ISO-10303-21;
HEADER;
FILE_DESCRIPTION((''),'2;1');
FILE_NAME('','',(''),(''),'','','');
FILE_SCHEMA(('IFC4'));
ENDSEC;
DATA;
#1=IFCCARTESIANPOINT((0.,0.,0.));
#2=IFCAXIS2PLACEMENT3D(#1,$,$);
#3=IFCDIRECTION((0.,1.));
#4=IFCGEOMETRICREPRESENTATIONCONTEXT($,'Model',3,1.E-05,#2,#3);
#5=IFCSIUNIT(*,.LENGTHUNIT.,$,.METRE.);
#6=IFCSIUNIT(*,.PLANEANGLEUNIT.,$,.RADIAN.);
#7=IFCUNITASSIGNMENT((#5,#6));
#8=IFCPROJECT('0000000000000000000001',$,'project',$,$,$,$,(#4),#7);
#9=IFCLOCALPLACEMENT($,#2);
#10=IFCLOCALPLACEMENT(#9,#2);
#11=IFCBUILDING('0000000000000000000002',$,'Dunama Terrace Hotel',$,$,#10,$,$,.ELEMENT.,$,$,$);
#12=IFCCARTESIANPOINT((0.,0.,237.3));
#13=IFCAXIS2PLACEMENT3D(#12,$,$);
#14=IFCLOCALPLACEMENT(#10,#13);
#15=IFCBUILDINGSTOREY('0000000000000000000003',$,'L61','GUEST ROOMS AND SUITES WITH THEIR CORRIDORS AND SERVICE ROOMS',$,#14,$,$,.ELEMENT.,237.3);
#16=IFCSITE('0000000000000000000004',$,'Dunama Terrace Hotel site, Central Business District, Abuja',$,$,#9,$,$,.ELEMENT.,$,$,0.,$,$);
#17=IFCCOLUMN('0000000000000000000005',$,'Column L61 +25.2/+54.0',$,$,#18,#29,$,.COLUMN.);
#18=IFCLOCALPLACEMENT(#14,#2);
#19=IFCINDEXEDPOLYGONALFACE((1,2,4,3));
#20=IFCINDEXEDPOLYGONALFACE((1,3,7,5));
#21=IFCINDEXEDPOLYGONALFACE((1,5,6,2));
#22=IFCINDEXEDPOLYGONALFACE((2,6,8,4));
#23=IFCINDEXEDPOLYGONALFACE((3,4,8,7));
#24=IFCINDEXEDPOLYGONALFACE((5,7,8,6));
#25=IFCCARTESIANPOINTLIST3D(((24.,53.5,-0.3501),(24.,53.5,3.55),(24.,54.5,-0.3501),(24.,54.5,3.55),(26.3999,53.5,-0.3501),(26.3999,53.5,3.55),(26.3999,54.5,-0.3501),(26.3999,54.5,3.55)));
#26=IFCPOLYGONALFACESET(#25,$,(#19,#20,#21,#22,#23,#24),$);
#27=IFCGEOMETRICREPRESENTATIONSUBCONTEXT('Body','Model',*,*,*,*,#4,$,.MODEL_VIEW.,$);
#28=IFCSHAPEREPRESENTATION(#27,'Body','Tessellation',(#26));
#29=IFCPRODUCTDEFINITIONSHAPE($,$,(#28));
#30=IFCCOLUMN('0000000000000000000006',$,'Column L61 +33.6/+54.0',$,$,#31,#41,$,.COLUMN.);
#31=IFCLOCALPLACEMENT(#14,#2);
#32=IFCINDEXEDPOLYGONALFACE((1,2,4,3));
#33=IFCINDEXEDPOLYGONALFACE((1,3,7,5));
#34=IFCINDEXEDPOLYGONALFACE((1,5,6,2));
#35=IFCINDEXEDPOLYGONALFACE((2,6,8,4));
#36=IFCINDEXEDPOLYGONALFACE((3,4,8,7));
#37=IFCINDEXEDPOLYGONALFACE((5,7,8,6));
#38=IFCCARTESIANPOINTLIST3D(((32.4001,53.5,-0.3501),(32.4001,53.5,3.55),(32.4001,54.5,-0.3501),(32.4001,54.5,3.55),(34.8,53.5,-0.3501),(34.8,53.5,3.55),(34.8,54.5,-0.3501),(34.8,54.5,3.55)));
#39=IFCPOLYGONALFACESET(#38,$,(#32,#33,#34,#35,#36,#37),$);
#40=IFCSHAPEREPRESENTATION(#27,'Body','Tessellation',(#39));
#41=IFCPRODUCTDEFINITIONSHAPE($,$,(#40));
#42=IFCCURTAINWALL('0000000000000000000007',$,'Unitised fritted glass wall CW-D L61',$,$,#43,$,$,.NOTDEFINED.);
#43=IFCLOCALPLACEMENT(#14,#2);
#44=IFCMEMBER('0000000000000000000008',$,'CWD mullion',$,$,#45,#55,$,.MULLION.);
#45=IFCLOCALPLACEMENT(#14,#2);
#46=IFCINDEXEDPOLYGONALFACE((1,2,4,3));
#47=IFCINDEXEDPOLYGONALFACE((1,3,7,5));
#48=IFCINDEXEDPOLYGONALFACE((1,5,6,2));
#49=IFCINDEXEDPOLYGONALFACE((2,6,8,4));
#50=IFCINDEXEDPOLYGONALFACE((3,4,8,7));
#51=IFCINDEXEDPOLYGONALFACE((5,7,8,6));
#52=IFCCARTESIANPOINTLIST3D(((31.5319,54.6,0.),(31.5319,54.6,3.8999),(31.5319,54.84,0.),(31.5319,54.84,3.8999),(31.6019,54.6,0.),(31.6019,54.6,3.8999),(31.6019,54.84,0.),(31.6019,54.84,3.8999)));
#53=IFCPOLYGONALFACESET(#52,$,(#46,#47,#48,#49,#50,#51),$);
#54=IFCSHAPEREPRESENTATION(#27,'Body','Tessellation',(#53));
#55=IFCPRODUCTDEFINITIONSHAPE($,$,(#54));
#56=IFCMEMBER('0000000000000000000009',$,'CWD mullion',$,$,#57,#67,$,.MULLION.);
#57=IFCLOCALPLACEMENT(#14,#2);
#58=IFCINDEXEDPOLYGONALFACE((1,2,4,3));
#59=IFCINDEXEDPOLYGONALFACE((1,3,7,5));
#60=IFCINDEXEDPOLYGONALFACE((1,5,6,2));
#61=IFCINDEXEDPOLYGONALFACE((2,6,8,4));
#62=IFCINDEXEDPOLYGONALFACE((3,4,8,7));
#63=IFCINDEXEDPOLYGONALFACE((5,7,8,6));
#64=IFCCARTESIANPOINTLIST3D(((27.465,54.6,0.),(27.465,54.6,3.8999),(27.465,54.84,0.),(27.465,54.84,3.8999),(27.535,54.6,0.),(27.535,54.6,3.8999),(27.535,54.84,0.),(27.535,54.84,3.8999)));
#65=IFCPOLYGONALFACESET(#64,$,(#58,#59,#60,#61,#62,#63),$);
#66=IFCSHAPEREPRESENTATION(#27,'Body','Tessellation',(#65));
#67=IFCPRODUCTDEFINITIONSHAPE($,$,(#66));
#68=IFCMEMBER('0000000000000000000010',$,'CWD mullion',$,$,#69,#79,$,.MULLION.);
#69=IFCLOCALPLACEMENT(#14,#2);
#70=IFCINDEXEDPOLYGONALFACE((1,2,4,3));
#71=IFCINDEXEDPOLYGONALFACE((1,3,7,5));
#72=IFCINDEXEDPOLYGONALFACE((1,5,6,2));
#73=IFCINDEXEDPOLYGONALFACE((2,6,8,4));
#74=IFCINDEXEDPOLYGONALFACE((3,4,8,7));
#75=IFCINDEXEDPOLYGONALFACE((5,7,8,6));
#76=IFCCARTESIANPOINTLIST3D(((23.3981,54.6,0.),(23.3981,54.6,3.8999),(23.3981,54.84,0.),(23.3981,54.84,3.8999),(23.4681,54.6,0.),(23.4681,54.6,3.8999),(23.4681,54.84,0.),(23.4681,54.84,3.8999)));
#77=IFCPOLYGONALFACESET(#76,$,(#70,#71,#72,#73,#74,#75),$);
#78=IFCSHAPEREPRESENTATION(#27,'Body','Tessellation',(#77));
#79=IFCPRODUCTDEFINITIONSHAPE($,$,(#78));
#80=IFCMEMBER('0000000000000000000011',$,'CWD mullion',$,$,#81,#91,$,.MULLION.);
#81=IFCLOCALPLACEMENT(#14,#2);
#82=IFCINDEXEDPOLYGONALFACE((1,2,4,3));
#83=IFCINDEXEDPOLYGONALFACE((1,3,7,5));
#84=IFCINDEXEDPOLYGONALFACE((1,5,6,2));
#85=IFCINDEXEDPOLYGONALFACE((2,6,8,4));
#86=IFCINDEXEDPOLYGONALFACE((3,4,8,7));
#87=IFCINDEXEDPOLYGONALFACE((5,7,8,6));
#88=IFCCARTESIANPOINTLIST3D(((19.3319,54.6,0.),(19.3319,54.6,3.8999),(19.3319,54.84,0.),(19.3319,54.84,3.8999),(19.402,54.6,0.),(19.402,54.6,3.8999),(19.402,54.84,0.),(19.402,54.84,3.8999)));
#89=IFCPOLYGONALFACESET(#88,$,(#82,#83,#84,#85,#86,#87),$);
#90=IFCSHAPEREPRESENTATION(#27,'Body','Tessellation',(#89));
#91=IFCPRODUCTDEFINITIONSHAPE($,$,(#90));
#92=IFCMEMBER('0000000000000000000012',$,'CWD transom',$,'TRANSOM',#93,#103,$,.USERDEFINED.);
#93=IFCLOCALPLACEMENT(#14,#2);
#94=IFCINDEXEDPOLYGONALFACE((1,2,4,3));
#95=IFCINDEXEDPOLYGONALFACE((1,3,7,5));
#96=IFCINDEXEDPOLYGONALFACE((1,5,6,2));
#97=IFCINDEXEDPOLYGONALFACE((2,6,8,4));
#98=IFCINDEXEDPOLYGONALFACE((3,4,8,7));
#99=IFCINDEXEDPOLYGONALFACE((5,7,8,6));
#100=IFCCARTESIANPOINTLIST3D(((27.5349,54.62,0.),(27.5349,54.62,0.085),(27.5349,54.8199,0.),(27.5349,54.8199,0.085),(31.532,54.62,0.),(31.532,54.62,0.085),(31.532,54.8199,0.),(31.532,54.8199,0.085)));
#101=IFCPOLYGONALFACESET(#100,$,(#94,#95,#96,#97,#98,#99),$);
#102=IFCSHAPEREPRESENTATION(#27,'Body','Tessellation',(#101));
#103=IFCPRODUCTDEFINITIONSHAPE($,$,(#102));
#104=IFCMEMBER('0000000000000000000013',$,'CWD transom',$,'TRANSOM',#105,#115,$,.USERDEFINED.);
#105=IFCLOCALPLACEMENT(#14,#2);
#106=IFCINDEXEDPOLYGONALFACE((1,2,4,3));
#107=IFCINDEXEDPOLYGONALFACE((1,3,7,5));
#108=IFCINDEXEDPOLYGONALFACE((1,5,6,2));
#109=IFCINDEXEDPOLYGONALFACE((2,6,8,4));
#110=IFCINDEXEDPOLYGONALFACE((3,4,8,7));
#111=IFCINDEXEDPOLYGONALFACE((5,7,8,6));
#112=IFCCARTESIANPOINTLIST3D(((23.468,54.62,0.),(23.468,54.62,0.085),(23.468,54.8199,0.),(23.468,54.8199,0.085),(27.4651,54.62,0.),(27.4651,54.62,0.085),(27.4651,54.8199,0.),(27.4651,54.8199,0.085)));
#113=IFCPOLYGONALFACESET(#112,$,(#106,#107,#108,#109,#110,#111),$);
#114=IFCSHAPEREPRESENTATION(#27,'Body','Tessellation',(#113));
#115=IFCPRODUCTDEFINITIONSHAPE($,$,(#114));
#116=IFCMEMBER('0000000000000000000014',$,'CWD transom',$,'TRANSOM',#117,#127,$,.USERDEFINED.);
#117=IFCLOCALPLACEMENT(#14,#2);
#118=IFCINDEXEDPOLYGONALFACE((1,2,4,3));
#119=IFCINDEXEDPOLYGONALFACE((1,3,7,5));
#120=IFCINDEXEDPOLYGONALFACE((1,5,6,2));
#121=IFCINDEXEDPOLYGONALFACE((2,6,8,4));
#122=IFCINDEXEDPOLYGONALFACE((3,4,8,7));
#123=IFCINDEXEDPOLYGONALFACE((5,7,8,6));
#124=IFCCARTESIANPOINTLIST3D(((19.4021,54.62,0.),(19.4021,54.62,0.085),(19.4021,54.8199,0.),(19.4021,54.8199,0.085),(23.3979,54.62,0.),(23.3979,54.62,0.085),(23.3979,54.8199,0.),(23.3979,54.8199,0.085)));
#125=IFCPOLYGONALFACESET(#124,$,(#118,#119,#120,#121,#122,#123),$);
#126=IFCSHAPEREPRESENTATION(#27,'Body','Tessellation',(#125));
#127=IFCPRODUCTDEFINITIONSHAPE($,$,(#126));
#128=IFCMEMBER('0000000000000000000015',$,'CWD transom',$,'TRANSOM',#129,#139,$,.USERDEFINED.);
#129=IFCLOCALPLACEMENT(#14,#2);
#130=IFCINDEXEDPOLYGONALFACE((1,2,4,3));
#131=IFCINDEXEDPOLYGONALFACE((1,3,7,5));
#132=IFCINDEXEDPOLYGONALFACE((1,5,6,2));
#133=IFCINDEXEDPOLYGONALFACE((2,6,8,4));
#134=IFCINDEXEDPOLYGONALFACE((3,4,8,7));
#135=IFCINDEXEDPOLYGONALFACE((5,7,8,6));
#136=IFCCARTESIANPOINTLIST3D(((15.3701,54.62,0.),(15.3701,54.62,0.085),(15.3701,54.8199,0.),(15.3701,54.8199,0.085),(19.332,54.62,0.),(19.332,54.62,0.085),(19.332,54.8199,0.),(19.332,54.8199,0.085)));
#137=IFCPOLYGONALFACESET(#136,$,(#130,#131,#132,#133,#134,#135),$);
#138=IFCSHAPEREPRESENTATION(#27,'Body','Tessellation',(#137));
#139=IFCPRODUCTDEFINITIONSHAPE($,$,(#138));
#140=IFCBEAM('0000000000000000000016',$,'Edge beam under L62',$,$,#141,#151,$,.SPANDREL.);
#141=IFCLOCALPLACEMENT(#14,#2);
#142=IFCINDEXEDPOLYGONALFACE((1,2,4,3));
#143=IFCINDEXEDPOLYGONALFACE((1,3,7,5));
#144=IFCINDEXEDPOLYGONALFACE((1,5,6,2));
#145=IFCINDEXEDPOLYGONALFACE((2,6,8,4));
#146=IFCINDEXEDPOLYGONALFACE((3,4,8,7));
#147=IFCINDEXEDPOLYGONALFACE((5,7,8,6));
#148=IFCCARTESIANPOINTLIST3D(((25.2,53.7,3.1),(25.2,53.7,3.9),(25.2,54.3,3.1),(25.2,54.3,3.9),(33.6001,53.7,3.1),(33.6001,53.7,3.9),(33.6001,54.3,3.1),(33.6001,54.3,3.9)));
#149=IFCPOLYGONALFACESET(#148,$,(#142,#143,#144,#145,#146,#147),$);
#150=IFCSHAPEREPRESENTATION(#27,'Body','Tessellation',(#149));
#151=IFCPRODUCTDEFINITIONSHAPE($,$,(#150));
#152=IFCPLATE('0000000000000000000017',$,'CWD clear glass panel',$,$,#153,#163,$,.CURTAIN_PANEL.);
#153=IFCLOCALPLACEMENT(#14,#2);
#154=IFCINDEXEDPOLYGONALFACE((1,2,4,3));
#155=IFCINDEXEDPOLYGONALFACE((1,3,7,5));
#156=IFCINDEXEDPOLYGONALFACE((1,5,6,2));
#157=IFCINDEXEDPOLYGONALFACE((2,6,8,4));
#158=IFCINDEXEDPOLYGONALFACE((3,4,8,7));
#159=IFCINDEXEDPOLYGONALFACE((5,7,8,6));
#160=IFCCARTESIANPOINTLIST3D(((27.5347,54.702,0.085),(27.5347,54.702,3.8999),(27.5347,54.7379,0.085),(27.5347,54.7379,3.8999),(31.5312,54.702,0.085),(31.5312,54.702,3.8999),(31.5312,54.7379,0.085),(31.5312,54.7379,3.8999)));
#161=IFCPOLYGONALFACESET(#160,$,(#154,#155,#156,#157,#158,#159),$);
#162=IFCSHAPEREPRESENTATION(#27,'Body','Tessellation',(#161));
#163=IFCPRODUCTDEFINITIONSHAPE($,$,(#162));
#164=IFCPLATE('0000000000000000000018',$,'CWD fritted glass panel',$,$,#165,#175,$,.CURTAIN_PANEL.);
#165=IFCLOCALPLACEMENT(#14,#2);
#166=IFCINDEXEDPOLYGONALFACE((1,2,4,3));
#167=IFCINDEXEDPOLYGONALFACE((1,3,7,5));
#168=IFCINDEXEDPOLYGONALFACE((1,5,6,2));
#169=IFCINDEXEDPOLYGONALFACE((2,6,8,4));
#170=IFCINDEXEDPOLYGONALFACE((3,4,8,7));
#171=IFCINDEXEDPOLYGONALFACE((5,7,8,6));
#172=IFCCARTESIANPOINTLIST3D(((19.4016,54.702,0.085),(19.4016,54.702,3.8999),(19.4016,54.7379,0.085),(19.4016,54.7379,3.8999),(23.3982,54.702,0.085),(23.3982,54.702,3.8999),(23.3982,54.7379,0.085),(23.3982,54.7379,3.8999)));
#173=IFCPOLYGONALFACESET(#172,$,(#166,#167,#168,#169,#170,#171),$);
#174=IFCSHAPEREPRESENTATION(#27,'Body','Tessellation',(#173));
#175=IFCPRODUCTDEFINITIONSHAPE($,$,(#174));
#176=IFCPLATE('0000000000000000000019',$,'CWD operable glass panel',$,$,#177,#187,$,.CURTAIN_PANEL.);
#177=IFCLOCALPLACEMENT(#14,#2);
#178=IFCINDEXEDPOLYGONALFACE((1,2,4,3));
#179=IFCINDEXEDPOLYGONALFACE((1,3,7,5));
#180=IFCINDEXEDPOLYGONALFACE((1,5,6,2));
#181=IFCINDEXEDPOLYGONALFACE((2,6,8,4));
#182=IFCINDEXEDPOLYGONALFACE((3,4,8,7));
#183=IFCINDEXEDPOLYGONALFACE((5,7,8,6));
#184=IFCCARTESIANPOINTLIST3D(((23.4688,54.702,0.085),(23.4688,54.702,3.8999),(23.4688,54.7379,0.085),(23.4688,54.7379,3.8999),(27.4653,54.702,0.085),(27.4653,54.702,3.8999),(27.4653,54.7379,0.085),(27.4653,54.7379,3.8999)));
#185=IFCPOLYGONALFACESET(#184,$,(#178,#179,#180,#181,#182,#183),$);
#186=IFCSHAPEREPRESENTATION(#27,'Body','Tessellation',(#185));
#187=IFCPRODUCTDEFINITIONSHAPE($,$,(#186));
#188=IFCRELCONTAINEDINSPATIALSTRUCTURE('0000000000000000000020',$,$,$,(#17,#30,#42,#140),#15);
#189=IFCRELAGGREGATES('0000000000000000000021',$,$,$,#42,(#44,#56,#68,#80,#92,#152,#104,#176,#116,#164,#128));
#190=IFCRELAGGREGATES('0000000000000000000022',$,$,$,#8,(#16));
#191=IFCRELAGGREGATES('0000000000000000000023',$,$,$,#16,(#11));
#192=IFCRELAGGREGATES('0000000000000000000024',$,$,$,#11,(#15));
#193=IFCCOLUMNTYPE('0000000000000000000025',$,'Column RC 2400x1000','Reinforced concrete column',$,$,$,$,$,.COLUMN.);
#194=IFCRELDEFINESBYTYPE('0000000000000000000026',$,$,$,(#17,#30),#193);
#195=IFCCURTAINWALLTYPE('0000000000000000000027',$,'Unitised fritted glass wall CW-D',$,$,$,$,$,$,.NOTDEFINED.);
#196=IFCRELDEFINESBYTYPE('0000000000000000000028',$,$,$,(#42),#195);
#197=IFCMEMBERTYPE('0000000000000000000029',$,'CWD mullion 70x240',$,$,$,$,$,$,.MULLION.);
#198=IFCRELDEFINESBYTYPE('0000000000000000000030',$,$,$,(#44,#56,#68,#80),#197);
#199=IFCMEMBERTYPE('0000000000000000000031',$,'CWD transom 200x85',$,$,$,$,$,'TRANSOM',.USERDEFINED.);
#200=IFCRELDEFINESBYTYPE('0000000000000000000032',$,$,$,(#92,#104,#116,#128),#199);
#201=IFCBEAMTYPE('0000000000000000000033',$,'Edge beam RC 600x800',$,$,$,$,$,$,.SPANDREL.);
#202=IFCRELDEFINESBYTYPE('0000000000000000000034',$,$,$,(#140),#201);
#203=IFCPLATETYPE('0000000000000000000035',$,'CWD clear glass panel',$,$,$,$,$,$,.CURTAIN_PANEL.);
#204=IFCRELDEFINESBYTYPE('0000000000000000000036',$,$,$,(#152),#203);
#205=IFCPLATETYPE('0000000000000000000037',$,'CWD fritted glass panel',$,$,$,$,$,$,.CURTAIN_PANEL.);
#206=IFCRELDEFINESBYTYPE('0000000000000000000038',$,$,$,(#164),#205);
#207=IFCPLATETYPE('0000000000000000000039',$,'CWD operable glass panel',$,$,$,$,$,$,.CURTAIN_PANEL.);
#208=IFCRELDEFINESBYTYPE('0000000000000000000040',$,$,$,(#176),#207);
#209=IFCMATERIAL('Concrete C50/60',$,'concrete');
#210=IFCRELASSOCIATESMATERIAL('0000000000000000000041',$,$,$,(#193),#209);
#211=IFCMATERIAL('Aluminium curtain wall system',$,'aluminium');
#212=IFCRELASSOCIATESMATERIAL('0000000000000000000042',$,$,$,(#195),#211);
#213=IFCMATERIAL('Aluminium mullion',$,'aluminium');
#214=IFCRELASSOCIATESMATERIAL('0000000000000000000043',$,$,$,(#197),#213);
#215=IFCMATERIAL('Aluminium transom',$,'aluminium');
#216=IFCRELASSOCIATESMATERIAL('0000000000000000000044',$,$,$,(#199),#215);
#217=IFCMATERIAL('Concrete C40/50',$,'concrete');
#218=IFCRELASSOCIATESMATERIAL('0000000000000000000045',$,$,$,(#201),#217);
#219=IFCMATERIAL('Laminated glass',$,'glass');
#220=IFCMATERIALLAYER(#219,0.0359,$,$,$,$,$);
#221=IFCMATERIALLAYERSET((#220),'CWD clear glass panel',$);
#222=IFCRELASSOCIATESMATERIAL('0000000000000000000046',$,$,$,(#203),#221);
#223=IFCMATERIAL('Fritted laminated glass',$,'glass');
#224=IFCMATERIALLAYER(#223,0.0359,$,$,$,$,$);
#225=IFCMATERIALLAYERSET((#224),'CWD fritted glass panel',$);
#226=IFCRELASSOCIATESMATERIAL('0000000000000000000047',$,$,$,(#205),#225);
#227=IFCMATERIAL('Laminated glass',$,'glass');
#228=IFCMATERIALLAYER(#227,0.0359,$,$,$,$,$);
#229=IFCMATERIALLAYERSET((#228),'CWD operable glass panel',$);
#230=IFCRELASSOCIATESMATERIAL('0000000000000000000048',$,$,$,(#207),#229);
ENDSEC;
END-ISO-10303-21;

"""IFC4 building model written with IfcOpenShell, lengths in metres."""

from ifc_helpers import new_model, si_unit, direction, frame, origin, origin_2d, place, context, subcontext, project, spatial, rectangle, extrude, material, layer, layer_set, material_profile, profile_set, type_object, element, aggregate, save


model = new_model("IFC4")

# Units and contexts
model_context = context("Model", 3, precision=1e-05, world=origin(), true_north=direction((0.0, 1.0)))
body_context = subcontext(model_context, "Body", "Model", "MODEL_VIEW")
ifc_project = project(units=[si_unit("LENGTHUNIT", "METRE"), si_unit("PLANEANGLEUNIT", "RADIAN")], contexts=[model_context])

# Site, building, storey
site_placement = place(None, origin())
site = spatial("IfcSite", under=ifc_project, at=site_placement, Name="Dunama Terrace Hotel site, Central Business District, Abuja", CompositionType="ELEMENT", RefElevation=0.0)
building_placement = place(site_placement, origin())
building = spatial("IfcBuilding", under=site, at=building_placement, Name="Dunama Terrace Hotel", CompositionType="ELEMENT")
storey_placement = place(building_placement, frame((0.0, 0.0, 237.3)))
storey = spatial("IfcBuildingStorey", under=building, at=storey_placement, Name="L61", Description="GUEST ROOMS AND SUITES WITH THEIR CORRIDORS AND SERVICE ROOMS", CompositionType="ELEMENT", Elevation=237.3)

# Columns
ifc_material_1 = material(Name="Concrete C50/60", Category="concrete")
ifc_material_profile_1 = material_profile(ifc_material_1, rectangle(XDim=2.3999, YDim=1.0, at=origin_2d()), Name="RC 2400x1000")
ifc_profile_set_1 = profile_set([ifc_material_profile_1], Name="Concrete C50/60")
column_type = type_object("IfcColumnType", Name="Column RC 2400x1000", Description="Reinforced concrete column", PredefinedType="COLUMN", material=ifc_profile_set_1)
for number, where, z_axis, x_axis, name in (
    (1, (25.2, 54.0, -0.3501), (0.0, 0.0, 1.0), (1.0, 0.0, 0.0), "Column L61 +25.2/+54.0"),
    (2, (33.6001, 54.0, -0.3501), (0.0, 0.0, 1.0), (1.0, 0.0, 0.0), "Column L61 +33.6/+54.0"),
):
    element("IfcColumn", number, at=place(storey_placement, frame(where, z_axis=z_axis, x_axis=x_axis)), inside=storey, type_object=column_type, Name=name, PredefinedType="COLUMN", context=body_context, shape_type="SweptSolid", body=[
        extrude(rectangle(XDim=2.3999, YDim=1.0, at=origin_2d()), origin(), (0.0, 0.0, 1.0), 3.9001),
    ])

# Curtain wall, members
ifc_material_2 = material(Name="Aluminium curtain wall system", Category="aluminium")
curtain_wall_type = type_object("IfcCurtainWallType", Name="Unitised fritted glass wall CW-D", PredefinedType="NOTDEFINED", material=ifc_material_2)
curtain_wall_placement = place(storey_placement, origin())
curtain_wall = element("IfcCurtainWall", 3, at=curtain_wall_placement, inside=storey, type_object=curtain_wall_type, Name="Unitised fritted glass wall CW-D L61", PredefinedType="NOTDEFINED")
ifc_material_3 = material(Name="Aluminium mullion", Category="aluminium")
ifc_material_profile_2 = material_profile(ifc_material_3, rectangle(XDim=0.0701, YDim=0.24, at=origin_2d()), Name="CWD MULLION 70X240")
ifc_profile_set_2 = profile_set([ifc_material_profile_2], Name="Aluminium mullion")
member_type_1 = type_object("IfcMemberType", Name="CWD mullion 70x240", PredefinedType="MULLION", material=ifc_profile_set_2)
member_1_placement = place(storey_placement, frame((31.5669, 54.72, 0.0), z_axis=(0.0, 0.0, 1.0), x_axis=(-1.0, 0.0, 0.0)))
member_1 = element("IfcMember", 4, at=member_1_placement, type_object=member_type_1, Name="CWD mullion", PredefinedType="MULLION", context=body_context, shape_type="SweptSolid", body=[
    extrude(rectangle(XDim=0.0701, YDim=0.24, at=origin_2d()), origin(), (0.0, 0.0, 1.0), 3.8999),
])
member_2_placement = place(storey_placement, frame((27.5, 54.72, 0.0), z_axis=(0.0, 0.0, 1.0), x_axis=(-1.0, 0.0, 0.0)))
member_2 = element("IfcMember", 5, at=member_2_placement, type_object=member_type_1, Name="CWD mullion", PredefinedType="MULLION", context=body_context, shape_type="SweptSolid", body=[
    extrude(rectangle(XDim=0.0701, YDim=0.24, at=origin_2d()), origin(), (0.0, 0.0, 1.0), 3.8999),
])
member_3_placement = place(storey_placement, frame((23.4331, 54.72, 0.0), z_axis=(0.0, 0.0, 1.0), x_axis=(-1.0, 0.0, 0.0)))
member_3 = element("IfcMember", 6, at=member_3_placement, type_object=member_type_1, Name="CWD mullion", PredefinedType="MULLION", context=body_context, shape_type="SweptSolid", body=[
    extrude(rectangle(XDim=0.0701, YDim=0.24, at=origin_2d()), origin(), (0.0, 0.0, 1.0), 3.8999),
])
member_4_placement = place(storey_placement, frame((19.3669, 54.72, 0.0), z_axis=(0.0, 0.0, 1.0), x_axis=(-1.0, 0.0, 0.0)))
member_4 = element("IfcMember", 7, at=member_4_placement, type_object=member_type_1, Name="CWD mullion", PredefinedType="MULLION", context=body_context, shape_type="SweptSolid", body=[
    extrude(rectangle(XDim=0.0701, YDim=0.24, at=origin_2d()), origin(), (0.0, 0.0, 1.0), 3.8999),
])
ifc_material_4 = material(Name="Aluminium transom", Category="aluminium")
ifc_material_profile_3 = material_profile(ifc_material_4, rectangle(XDim=0.2, YDim=0.085, at=origin_2d()), Name="CWD TRANSOM 200X85")
ifc_profile_set_3 = profile_set([ifc_material_profile_3], Name="Aluminium transom")
member_type_2 = type_object("IfcMemberType", Name="CWD transom 200x85", ElementType="TRANSOM", PredefinedType="USERDEFINED", material=ifc_profile_set_3)
member_5_placement = place(storey_placement, frame((31.532, 54.72, 0.0425), z_axis=(-1.0, 0.0, 0.0), x_axis=(0.0, -1.0, 0.0)))
member_5 = element("IfcMember", 8, at=member_5_placement, type_object=member_type_2, Name="CWD transom", ObjectType="TRANSOM", PredefinedType="USERDEFINED", context=body_context, shape_type="SweptSolid", body=[
    extrude(rectangle(XDim=0.2, YDim=0.085, at=origin_2d()), origin(), (0.0, 0.0, 1.0), 3.9971),
])
member_6_placement = place(storey_placement, frame((27.4651, 54.72, 0.0425), z_axis=(-1.0, 0.0, 0.0), x_axis=(0.0, -1.0, 0.0)))
member_6 = element("IfcMember", 9, at=member_6_placement, type_object=member_type_2, Name="CWD transom", ObjectType="TRANSOM", PredefinedType="USERDEFINED", context=body_context, shape_type="SweptSolid", body=[
    extrude(rectangle(XDim=0.2, YDim=0.085, at=origin_2d()), origin(), (0.0, 0.0, 1.0), 3.9971),
])
member_7_placement = place(storey_placement, frame((23.3979, 54.72, 0.0425), z_axis=(-1.0, 0.0, 0.0), x_axis=(0.0, -1.0, 0.0)))
member_7 = element("IfcMember", 10, at=member_7_placement, type_object=member_type_2, Name="CWD transom", ObjectType="TRANSOM", PredefinedType="USERDEFINED", context=body_context, shape_type="SweptSolid", body=[
    extrude(rectangle(XDim=0.2, YDim=0.085, at=origin_2d()), origin(), (0.0, 0.0, 1.0), 3.9958),
])
member_8_placement = place(storey_placement, frame((19.332, 54.72, 0.0425), z_axis=(-1.0, 0.0, 0.0), x_axis=(0.0, -1.0, 0.0)))
member_8 = element("IfcMember", 11, at=member_8_placement, type_object=member_type_2, Name="CWD transom", ObjectType="TRANSOM", PredefinedType="USERDEFINED", context=body_context, shape_type="SweptSolid", body=[
    extrude(rectangle(XDim=0.2, YDim=0.085, at=origin_2d()), origin(), (0.0, 0.0, 1.0), 3.9619),
])

# Beam
ifc_material_5 = material(Name="Concrete C40/50", Category="concrete")
ifc_material_profile_4 = material_profile(ifc_material_5, rectangle(XDim=0.6001, YDim=0.8, at=origin_2d()), Name="RC 600x800")
ifc_profile_set_4 = profile_set([ifc_material_profile_4], Name="Concrete C40/50")
beam_type = type_object("IfcBeamType", Name="Edge beam RC 600x800", PredefinedType="SPANDREL", material=ifc_profile_set_4)
beam_placement = place(storey_placement, frame((25.2, 54.0, 3.5), z_axis=(1.0, 0.0, 0.0), x_axis=(0.0, 1.0, 0.0)))
element("IfcBeam", 12, at=beam_placement, inside=storey, type_object=beam_type, Name="Edge beam under L62", PredefinedType="SPANDREL", context=body_context, shape_type="SweptSolid", body=[
    extrude(rectangle(XDim=0.6001, YDim=0.8, at=origin_2d()), origin(), (0.0, 0.0, 1.0), 8.4001),
])

# Plates
ifc_material_6 = material(Name="Laminated glass", Category="glass")
ifc_layer_1 = layer(ifc_material_6, 0.0359)
ifc_layer_set_1 = layer_set([ifc_layer_1], Name="CWD clear glass panel")
plate_type_1 = type_object("IfcPlateType", Name="CWD clear glass panel", PredefinedType="CURTAIN_PANEL", material=ifc_layer_set_1)
plate_1_placement = place(storey_placement, frame((29.533, 54.72, 0.085), z_axis=(0.0, 0.0, 1.0), x_axis=(-1.0, 0.0, 0.0)))
plate_1 = element("IfcPlate", 13, at=plate_1_placement, type_object=plate_type_1, Name="CWD clear glass panel", PredefinedType="CURTAIN_PANEL", context=body_context, shape_type="SweptSolid", body=[
    extrude(rectangle(XDim=3.9966, YDim=0.0359, at=origin_2d()), origin(), (0.0, 0.0, 1.0), 3.8149),
])
ifc_material_7 = material(Name="Fritted laminated glass", Category="glass")
ifc_layer_2 = layer(ifc_material_7, 0.0359)
ifc_layer_set_2 = layer_set([ifc_layer_2], Name="CWD fritted glass panel")
plate_type_2 = type_object("IfcPlateType", Name="CWD fritted glass panel", PredefinedType="CURTAIN_PANEL", material=ifc_layer_set_2)
plate_2_placement = place(storey_placement, frame((21.3999, 54.72, 0.085), z_axis=(0.0, 0.0, 1.0), x_axis=(-1.0, 0.0, 0.0)))
plate_2 = element("IfcPlate", 14, at=plate_2_placement, type_object=plate_type_2, Name="CWD fritted glass panel", PredefinedType="CURTAIN_PANEL", context=body_context, shape_type="SweptSolid", body=[
    extrude(rectangle(XDim=3.9966, YDim=0.0359, at=origin_2d()), origin(), (0.0, 0.0, 1.0), 3.8149),
])
ifc_material_8 = material(Name="Laminated glass", Category="glass")
ifc_layer_3 = layer(ifc_material_8, 0.0359)
ifc_layer_set_3 = layer_set([ifc_layer_3], Name="CWD operable glass panel")
plate_type_3 = type_object("IfcPlateType", Name="CWD operable glass panel", PredefinedType="CURTAIN_PANEL", material=ifc_layer_set_3)
plate_3_placement = place(storey_placement, frame((25.467, 54.72, 0.085), z_axis=(0.0, 0.0, 1.0), x_axis=(-1.0, 0.0, 0.0)))
plate_3 = element("IfcPlate", 15, at=plate_3_placement, type_object=plate_type_3, Name="CWD operable glass panel", PredefinedType="CURTAIN_PANEL", context=body_context, shape_type="SweptSolid", body=[
    extrude(rectangle(XDim=3.9966, YDim=0.0359, at=origin_2d()), origin(), (0.0, 0.0, 1.0), 3.8149),
])
aggregate(curtain_wall, [member_1, member_2, member_3, member_4, member_5, plate_1, member_6, plate_3, member_7, plate_2, member_8])

save(model, "model.ifc")
